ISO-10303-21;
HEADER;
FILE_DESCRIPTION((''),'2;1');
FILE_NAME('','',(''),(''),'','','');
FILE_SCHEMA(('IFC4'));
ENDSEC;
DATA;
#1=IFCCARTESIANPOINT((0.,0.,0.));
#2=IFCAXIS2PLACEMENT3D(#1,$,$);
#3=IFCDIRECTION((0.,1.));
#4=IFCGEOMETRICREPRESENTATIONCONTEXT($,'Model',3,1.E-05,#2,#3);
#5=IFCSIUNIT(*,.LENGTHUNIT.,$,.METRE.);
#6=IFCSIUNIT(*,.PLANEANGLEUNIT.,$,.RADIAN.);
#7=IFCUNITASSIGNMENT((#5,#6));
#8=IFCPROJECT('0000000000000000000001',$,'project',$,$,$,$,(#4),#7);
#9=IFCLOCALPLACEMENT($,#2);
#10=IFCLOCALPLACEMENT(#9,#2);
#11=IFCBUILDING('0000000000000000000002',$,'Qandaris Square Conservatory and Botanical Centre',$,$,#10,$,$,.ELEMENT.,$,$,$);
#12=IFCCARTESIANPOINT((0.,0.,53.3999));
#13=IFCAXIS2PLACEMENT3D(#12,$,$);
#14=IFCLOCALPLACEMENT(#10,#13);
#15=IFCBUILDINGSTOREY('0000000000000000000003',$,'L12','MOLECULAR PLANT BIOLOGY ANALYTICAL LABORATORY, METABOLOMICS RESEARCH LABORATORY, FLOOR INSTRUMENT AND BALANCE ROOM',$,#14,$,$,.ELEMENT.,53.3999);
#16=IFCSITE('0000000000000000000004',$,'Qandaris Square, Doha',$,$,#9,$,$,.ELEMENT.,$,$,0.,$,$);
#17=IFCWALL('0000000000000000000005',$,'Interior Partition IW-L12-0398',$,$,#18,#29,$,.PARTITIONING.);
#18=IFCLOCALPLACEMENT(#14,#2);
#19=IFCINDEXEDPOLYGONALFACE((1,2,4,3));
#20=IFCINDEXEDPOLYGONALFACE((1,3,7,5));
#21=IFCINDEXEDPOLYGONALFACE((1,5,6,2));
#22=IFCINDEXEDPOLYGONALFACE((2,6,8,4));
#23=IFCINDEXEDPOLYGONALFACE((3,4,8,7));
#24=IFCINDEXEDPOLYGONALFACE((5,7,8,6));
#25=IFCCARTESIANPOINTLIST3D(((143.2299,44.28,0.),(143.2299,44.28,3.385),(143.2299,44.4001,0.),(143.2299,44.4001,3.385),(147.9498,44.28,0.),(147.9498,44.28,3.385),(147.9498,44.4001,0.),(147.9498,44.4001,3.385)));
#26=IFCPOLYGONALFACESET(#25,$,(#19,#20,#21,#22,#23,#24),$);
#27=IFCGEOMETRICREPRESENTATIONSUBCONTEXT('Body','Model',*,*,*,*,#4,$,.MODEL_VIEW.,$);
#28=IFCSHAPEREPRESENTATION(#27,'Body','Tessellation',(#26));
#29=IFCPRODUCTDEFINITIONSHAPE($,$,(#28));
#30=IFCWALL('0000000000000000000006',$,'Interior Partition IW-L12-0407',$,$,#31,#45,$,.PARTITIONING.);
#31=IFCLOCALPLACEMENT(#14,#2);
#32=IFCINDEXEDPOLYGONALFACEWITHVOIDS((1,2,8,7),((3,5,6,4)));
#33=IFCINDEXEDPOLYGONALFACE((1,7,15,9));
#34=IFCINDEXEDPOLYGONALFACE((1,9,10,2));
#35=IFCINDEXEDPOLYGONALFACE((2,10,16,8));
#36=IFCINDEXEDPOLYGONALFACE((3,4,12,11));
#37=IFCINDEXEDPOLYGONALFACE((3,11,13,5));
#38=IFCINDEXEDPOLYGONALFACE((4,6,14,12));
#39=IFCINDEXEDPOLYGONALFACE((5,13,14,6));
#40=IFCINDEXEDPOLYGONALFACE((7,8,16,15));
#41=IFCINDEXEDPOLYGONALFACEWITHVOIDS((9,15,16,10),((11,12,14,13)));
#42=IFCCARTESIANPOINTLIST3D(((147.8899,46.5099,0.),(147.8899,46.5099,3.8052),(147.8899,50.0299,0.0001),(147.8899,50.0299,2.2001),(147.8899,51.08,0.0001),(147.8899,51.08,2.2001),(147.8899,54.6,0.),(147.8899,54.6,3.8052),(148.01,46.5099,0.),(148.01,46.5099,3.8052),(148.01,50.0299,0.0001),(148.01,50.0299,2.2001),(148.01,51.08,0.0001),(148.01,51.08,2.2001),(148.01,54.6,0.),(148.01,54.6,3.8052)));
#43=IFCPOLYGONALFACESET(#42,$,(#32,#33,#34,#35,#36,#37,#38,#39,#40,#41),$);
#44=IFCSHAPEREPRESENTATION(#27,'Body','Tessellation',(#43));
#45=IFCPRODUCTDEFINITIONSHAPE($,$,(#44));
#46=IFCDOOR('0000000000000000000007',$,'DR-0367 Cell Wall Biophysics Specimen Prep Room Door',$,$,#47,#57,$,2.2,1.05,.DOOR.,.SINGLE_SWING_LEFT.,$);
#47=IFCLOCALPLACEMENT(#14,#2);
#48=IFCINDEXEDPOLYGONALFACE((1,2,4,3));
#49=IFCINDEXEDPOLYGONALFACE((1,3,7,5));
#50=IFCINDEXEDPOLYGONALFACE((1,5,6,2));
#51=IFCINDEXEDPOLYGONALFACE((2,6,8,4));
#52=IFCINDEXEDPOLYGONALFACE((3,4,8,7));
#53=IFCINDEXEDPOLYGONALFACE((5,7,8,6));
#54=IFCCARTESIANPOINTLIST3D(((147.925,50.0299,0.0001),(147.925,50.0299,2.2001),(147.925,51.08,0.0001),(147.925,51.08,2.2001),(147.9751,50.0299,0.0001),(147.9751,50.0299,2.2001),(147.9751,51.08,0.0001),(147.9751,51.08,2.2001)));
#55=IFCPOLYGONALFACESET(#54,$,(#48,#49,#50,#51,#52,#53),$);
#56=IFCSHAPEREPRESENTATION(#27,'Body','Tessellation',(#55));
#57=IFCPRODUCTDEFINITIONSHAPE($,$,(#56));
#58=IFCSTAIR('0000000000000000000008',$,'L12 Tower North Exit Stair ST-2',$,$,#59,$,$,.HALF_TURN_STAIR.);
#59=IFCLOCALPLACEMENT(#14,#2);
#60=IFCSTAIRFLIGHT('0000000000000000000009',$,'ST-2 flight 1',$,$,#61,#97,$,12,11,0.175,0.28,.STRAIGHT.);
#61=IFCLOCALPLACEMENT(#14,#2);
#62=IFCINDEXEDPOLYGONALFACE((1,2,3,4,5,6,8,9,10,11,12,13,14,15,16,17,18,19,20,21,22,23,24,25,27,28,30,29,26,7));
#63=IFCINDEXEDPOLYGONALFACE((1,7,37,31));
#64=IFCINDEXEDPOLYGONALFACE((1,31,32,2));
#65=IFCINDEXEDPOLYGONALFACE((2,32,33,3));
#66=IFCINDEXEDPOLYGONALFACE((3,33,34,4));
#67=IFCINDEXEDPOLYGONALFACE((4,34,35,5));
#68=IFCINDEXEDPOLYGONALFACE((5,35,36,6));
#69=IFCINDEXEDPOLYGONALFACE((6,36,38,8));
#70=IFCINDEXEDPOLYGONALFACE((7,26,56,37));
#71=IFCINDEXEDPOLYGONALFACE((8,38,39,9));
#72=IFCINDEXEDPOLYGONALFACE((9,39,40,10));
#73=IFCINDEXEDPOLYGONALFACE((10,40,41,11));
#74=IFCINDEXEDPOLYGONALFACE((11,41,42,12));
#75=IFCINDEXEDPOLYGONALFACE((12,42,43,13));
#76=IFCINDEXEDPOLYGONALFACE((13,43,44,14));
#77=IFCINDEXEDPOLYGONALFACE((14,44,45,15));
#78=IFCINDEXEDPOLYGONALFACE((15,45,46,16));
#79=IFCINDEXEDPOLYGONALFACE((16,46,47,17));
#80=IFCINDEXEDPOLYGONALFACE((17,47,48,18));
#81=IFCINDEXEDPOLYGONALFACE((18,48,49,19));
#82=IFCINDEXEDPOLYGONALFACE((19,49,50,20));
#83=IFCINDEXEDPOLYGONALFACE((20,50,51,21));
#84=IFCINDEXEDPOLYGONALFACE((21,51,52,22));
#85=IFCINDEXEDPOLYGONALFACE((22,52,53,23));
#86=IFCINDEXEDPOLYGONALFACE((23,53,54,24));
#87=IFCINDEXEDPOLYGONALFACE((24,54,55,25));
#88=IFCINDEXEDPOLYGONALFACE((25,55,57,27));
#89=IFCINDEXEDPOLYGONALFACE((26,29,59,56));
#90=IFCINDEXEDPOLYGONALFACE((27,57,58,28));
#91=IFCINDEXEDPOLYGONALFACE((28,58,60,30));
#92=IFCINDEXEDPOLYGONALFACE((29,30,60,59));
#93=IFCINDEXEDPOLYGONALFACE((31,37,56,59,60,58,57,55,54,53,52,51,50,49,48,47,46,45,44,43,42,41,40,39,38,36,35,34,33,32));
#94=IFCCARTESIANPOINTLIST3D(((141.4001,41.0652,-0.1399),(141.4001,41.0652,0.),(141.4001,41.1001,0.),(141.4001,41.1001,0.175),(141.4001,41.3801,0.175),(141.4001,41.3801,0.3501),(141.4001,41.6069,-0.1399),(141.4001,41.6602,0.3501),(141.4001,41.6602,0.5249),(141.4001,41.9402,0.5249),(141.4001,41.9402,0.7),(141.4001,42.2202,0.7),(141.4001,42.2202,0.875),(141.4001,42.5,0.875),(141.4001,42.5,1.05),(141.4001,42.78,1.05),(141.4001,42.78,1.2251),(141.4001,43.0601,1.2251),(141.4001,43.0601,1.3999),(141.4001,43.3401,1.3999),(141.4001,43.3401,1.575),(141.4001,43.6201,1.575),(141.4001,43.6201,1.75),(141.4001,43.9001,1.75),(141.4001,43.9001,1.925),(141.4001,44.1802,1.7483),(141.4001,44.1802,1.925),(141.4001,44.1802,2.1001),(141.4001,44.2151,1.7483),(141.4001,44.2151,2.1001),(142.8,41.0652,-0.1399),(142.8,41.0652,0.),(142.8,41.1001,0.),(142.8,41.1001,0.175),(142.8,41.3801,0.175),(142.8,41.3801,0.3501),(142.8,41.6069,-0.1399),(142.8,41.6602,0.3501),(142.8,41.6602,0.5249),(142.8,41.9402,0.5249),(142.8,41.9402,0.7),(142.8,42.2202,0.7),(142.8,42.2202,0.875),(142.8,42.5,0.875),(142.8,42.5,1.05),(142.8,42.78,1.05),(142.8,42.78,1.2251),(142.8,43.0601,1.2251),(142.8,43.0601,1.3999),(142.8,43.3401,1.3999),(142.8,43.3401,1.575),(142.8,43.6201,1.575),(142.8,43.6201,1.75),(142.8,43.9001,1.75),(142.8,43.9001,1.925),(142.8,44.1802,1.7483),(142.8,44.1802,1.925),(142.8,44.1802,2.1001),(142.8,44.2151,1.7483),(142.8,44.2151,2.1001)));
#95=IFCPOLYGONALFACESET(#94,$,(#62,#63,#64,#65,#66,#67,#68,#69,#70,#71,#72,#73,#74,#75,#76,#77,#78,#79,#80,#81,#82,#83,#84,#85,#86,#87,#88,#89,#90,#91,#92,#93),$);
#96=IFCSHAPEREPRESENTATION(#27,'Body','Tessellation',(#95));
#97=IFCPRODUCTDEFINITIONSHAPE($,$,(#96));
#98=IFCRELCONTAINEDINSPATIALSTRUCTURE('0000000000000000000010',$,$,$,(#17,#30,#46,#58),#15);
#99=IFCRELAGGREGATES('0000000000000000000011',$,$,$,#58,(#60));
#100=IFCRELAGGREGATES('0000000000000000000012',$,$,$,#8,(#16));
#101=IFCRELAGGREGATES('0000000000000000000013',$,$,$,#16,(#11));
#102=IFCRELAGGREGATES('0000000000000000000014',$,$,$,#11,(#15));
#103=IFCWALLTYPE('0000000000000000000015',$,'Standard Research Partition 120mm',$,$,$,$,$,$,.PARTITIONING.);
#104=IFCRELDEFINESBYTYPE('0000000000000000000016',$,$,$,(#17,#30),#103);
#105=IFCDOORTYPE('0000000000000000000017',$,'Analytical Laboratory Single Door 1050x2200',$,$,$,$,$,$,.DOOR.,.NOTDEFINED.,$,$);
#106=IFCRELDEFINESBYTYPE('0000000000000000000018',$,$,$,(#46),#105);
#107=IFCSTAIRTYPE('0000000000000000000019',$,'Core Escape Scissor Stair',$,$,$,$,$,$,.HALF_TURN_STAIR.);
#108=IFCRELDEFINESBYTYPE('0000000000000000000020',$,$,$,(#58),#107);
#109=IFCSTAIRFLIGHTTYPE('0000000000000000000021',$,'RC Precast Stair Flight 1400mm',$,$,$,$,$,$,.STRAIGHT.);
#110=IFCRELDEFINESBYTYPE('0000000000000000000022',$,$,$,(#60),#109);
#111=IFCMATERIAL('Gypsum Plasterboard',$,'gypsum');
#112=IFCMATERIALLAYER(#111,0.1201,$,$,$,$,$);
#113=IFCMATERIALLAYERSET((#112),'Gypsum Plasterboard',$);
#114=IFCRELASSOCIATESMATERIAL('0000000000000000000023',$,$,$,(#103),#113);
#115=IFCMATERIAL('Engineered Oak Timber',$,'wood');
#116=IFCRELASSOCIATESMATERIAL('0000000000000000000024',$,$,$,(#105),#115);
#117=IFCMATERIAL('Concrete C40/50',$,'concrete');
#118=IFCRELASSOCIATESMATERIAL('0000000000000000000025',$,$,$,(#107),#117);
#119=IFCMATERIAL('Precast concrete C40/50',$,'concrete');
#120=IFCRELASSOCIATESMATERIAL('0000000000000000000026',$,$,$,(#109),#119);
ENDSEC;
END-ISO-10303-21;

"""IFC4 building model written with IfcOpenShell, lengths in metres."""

from ifc_helpers import new_model, si_unit, direction, frame, frame_2d, origin, place, context, subcontext, project, spatial, polyline, rectangle, outline, extrude, material, layer, layer_set, type_object, element, fill, aggregate, save


model = new_model("IFC4")

# Units and contexts
model_context = context("Model", 3, precision=1e-05, world=origin(), true_north=direction((0.0, 1.0)))
body_context = subcontext(model_context, "Body", "Model", "MODEL_VIEW")
ifc_project = project(units=[si_unit("LENGTHUNIT", "METRE"), si_unit("PLANEANGLEUNIT", "RADIAN")], contexts=[model_context])

# Site, building, storey
site_placement = place(None, origin())
site = spatial("IfcSite", under=ifc_project, at=site_placement, Name="Qandaris Square, Doha", CompositionType="ELEMENT", RefElevation=0.0)
building_placement = place(site_placement, origin())
building = spatial("IfcBuilding", under=site, at=building_placement, Name="Qandaris Square Conservatory and Botanical Centre", CompositionType="ELEMENT")
storey_placement = place(building_placement, frame((0.0, 0.0, 53.3999)))
storey = spatial("IfcBuildingStorey", under=building, at=storey_placement, Name="L12", Description="MOLECULAR PLANT BIOLOGY ANALYTICAL LABORATORY, METABOLOMICS RESEARCH LABORATORY, FLOOR INSTRUMENT AND BALANCE ROOM", CompositionType="ELEMENT", Elevation=53.3999)

# Shared definitions
ifc_material_1 = material(Name="Gypsum Plasterboard", Category="gypsum")
ifc_layer_1 = layer(ifc_material_1, 0.1201)
ifc_layer_set_1 = layer_set([ifc_layer_1], Name="Gypsum Plasterboard")
wall_type = type_object("IfcWallType", Name="Standard Research Partition 120mm", PredefinedType="PARTITIONING", material=ifc_layer_set_1)

# Shared definitions
ifc_material_2 = material(Name="Engineered Oak Timber", Category="wood")

# Wall
wall_1_placement = place(storey_placement, frame((143.23, 44.3401, 0.0), z_axis=(0.0, 0.0, 1.0), x_axis=(1.0, 0.0, 0.0)))
element("IfcWall", 1, at=wall_1_placement, inside=storey, type_object=wall_type, Name="Interior Partition IW-L12-0398", PredefinedType="PARTITIONING", context=body_context, shape_type="SweptSolid", body=[
    extrude(rectangle(XDim=4.72, YDim=0.1201, at=frame_2d((2.3599, 0.0))), origin(), (0.0, 0.0, 1.0), 3.385),
])

# Wall, opening, door
wall_2_placement = place(storey_placement, frame((147.95, 46.51, 0.0), z_axis=(0.0, 0.0, 1.0), x_axis=(0.0, 1.0, 0.0)))
wall_2 = element("IfcWall", 2, at=wall_2_placement, inside=storey, type_object=wall_type, Name="Interior Partition IW-L12-0407", PredefinedType="PARTITIONING", context=body_context, shape_type="SweptSolid", body=[
    extrude(rectangle(XDim=8.0901, YDim=0.1201, at=frame_2d((4.0449, 0.0))), origin(), (0.0, 0.0, 1.0), 3.8052),
])
opening_1_placement = place(wall_2_placement, frame((3.52, 0.0, 0.0)))
opening_1 = element("IfcOpeningElement", 3, at=opening_1_placement, cuts=wall_2, PredefinedType="OPENING", context=body_context, shape_type="SweptSolid", body=[
    extrude(rectangle(XDim=1.05, YDim=2.2, at=frame_2d((0.5249, 1.1001))), frame((0.0, 0.072, 0.0), z_axis=(0.0, -1.0, 0.0), x_axis=(1.0, 0.0, 0.0)), (0.0, 0.0, 1.0), 0.144),
])
door_type_1 = type_object("IfcDoorType", Name="Analytical Laboratory Single Door 1050x2200", OperationType="NOTDEFINED", PredefinedType="DOOR", material=ifc_material_2)
door_1_placement = place(opening_1_placement, origin())
door_1 = element("IfcDoor", 4, at=door_1_placement, inside=storey, type_object=door_type_1, Name="DR-0367 Cell Wall Biophysics Specimen Prep Room Door", OperationType="SINGLE_SWING_LEFT", OverallHeight=2.2, OverallWidth=1.05, PredefinedType="DOOR", context=body_context, shape_type="SweptSolid", body=[
    extrude(rectangle(XDim=1.05, YDim=2.2, at=frame_2d((0.5249, 1.1001))), frame((0.0, 0.0249, 0.0), z_axis=(0.0, -1.0, 0.0), x_axis=(1.0, 0.0, 0.0)), (0.0, 0.0, 1.0), 0.05),
])
fill(opening_1, door_1)

# Stair, stair flight
ifc_material_3 = material(Name="Concrete C40/50", Category="concrete")
stair_type = type_object("IfcStairType", Name="Core Escape Scissor Stair", PredefinedType="HALF_TURN_STAIR", material=ifc_material_3)
stair_placement = place(storey_placement, origin())
stair = element("IfcStair", 5, at=stair_placement, inside=storey, type_object=stair_type, Name="L12 Tower North Exit Stair ST-2", PredefinedType="HALF_TURN_STAIR")
ifc_material_4 = material(Name="Precast concrete C40/50", Category="concrete")
stair_flight_type = type_object("IfcStairFlightType", Name="RC Precast Stair Flight 1400mm", PredefinedType="STRAIGHT", material=ifc_material_4)
stair_flight_placement = place(storey_placement, frame((142.1001, 41.1001, 0.0), z_axis=(0.0, 0.0, 1.0), x_axis=(0.0, 1.0, 0.0)))
stair_flight = element("IfcStairFlight", 6, at=stair_flight_placement, type_object=stair_flight_type, Name="ST-2 flight 1", NumberOfRisers=12, NumberOfTreads=11, PredefinedType="STRAIGHT", RiserHeight=0.175, TreadLength=0.28, context=body_context, shape_type="SweptSolid", body=[
    extrude(outline(polyline([(-0.0349, 0.0), (0.0, 0.0), (0.0, 0.175), (0.28, 0.175), (0.28, 0.3501), (0.5601, 0.3501), (0.5601, 0.5249), (0.8401, 0.5249), (0.8401, 0.7), (1.1201, 0.7), (1.1201, 0.875), (1.3999, 0.875), (1.3999, 1.05), (1.6799, 1.05), (1.6799, 1.2251), (1.96, 1.2251), (1.96, 1.3999), (2.24, 1.3999), (2.24, 1.575), (2.52, 1.575), (2.52, 1.75), (2.8, 1.75), (2.8, 1.925), (3.0801, 1.925), (3.0801, 2.1001), (3.115, 2.1001), (3.115, 1.7483), (3.0801, 1.7483), (0.5068, -0.1399), (-0.0349, -0.1399), (-0.0349, 0.0)])), frame((0.0, 0.7, 0.0), z_axis=(0.0, -1.0, 0.0), x_axis=(1.0, 0.0, 0.0)), (0.0, 0.0, 1.0), 1.3999),
])
aggregate(stair, [stair_flight])

save(model, "model.ifc")
